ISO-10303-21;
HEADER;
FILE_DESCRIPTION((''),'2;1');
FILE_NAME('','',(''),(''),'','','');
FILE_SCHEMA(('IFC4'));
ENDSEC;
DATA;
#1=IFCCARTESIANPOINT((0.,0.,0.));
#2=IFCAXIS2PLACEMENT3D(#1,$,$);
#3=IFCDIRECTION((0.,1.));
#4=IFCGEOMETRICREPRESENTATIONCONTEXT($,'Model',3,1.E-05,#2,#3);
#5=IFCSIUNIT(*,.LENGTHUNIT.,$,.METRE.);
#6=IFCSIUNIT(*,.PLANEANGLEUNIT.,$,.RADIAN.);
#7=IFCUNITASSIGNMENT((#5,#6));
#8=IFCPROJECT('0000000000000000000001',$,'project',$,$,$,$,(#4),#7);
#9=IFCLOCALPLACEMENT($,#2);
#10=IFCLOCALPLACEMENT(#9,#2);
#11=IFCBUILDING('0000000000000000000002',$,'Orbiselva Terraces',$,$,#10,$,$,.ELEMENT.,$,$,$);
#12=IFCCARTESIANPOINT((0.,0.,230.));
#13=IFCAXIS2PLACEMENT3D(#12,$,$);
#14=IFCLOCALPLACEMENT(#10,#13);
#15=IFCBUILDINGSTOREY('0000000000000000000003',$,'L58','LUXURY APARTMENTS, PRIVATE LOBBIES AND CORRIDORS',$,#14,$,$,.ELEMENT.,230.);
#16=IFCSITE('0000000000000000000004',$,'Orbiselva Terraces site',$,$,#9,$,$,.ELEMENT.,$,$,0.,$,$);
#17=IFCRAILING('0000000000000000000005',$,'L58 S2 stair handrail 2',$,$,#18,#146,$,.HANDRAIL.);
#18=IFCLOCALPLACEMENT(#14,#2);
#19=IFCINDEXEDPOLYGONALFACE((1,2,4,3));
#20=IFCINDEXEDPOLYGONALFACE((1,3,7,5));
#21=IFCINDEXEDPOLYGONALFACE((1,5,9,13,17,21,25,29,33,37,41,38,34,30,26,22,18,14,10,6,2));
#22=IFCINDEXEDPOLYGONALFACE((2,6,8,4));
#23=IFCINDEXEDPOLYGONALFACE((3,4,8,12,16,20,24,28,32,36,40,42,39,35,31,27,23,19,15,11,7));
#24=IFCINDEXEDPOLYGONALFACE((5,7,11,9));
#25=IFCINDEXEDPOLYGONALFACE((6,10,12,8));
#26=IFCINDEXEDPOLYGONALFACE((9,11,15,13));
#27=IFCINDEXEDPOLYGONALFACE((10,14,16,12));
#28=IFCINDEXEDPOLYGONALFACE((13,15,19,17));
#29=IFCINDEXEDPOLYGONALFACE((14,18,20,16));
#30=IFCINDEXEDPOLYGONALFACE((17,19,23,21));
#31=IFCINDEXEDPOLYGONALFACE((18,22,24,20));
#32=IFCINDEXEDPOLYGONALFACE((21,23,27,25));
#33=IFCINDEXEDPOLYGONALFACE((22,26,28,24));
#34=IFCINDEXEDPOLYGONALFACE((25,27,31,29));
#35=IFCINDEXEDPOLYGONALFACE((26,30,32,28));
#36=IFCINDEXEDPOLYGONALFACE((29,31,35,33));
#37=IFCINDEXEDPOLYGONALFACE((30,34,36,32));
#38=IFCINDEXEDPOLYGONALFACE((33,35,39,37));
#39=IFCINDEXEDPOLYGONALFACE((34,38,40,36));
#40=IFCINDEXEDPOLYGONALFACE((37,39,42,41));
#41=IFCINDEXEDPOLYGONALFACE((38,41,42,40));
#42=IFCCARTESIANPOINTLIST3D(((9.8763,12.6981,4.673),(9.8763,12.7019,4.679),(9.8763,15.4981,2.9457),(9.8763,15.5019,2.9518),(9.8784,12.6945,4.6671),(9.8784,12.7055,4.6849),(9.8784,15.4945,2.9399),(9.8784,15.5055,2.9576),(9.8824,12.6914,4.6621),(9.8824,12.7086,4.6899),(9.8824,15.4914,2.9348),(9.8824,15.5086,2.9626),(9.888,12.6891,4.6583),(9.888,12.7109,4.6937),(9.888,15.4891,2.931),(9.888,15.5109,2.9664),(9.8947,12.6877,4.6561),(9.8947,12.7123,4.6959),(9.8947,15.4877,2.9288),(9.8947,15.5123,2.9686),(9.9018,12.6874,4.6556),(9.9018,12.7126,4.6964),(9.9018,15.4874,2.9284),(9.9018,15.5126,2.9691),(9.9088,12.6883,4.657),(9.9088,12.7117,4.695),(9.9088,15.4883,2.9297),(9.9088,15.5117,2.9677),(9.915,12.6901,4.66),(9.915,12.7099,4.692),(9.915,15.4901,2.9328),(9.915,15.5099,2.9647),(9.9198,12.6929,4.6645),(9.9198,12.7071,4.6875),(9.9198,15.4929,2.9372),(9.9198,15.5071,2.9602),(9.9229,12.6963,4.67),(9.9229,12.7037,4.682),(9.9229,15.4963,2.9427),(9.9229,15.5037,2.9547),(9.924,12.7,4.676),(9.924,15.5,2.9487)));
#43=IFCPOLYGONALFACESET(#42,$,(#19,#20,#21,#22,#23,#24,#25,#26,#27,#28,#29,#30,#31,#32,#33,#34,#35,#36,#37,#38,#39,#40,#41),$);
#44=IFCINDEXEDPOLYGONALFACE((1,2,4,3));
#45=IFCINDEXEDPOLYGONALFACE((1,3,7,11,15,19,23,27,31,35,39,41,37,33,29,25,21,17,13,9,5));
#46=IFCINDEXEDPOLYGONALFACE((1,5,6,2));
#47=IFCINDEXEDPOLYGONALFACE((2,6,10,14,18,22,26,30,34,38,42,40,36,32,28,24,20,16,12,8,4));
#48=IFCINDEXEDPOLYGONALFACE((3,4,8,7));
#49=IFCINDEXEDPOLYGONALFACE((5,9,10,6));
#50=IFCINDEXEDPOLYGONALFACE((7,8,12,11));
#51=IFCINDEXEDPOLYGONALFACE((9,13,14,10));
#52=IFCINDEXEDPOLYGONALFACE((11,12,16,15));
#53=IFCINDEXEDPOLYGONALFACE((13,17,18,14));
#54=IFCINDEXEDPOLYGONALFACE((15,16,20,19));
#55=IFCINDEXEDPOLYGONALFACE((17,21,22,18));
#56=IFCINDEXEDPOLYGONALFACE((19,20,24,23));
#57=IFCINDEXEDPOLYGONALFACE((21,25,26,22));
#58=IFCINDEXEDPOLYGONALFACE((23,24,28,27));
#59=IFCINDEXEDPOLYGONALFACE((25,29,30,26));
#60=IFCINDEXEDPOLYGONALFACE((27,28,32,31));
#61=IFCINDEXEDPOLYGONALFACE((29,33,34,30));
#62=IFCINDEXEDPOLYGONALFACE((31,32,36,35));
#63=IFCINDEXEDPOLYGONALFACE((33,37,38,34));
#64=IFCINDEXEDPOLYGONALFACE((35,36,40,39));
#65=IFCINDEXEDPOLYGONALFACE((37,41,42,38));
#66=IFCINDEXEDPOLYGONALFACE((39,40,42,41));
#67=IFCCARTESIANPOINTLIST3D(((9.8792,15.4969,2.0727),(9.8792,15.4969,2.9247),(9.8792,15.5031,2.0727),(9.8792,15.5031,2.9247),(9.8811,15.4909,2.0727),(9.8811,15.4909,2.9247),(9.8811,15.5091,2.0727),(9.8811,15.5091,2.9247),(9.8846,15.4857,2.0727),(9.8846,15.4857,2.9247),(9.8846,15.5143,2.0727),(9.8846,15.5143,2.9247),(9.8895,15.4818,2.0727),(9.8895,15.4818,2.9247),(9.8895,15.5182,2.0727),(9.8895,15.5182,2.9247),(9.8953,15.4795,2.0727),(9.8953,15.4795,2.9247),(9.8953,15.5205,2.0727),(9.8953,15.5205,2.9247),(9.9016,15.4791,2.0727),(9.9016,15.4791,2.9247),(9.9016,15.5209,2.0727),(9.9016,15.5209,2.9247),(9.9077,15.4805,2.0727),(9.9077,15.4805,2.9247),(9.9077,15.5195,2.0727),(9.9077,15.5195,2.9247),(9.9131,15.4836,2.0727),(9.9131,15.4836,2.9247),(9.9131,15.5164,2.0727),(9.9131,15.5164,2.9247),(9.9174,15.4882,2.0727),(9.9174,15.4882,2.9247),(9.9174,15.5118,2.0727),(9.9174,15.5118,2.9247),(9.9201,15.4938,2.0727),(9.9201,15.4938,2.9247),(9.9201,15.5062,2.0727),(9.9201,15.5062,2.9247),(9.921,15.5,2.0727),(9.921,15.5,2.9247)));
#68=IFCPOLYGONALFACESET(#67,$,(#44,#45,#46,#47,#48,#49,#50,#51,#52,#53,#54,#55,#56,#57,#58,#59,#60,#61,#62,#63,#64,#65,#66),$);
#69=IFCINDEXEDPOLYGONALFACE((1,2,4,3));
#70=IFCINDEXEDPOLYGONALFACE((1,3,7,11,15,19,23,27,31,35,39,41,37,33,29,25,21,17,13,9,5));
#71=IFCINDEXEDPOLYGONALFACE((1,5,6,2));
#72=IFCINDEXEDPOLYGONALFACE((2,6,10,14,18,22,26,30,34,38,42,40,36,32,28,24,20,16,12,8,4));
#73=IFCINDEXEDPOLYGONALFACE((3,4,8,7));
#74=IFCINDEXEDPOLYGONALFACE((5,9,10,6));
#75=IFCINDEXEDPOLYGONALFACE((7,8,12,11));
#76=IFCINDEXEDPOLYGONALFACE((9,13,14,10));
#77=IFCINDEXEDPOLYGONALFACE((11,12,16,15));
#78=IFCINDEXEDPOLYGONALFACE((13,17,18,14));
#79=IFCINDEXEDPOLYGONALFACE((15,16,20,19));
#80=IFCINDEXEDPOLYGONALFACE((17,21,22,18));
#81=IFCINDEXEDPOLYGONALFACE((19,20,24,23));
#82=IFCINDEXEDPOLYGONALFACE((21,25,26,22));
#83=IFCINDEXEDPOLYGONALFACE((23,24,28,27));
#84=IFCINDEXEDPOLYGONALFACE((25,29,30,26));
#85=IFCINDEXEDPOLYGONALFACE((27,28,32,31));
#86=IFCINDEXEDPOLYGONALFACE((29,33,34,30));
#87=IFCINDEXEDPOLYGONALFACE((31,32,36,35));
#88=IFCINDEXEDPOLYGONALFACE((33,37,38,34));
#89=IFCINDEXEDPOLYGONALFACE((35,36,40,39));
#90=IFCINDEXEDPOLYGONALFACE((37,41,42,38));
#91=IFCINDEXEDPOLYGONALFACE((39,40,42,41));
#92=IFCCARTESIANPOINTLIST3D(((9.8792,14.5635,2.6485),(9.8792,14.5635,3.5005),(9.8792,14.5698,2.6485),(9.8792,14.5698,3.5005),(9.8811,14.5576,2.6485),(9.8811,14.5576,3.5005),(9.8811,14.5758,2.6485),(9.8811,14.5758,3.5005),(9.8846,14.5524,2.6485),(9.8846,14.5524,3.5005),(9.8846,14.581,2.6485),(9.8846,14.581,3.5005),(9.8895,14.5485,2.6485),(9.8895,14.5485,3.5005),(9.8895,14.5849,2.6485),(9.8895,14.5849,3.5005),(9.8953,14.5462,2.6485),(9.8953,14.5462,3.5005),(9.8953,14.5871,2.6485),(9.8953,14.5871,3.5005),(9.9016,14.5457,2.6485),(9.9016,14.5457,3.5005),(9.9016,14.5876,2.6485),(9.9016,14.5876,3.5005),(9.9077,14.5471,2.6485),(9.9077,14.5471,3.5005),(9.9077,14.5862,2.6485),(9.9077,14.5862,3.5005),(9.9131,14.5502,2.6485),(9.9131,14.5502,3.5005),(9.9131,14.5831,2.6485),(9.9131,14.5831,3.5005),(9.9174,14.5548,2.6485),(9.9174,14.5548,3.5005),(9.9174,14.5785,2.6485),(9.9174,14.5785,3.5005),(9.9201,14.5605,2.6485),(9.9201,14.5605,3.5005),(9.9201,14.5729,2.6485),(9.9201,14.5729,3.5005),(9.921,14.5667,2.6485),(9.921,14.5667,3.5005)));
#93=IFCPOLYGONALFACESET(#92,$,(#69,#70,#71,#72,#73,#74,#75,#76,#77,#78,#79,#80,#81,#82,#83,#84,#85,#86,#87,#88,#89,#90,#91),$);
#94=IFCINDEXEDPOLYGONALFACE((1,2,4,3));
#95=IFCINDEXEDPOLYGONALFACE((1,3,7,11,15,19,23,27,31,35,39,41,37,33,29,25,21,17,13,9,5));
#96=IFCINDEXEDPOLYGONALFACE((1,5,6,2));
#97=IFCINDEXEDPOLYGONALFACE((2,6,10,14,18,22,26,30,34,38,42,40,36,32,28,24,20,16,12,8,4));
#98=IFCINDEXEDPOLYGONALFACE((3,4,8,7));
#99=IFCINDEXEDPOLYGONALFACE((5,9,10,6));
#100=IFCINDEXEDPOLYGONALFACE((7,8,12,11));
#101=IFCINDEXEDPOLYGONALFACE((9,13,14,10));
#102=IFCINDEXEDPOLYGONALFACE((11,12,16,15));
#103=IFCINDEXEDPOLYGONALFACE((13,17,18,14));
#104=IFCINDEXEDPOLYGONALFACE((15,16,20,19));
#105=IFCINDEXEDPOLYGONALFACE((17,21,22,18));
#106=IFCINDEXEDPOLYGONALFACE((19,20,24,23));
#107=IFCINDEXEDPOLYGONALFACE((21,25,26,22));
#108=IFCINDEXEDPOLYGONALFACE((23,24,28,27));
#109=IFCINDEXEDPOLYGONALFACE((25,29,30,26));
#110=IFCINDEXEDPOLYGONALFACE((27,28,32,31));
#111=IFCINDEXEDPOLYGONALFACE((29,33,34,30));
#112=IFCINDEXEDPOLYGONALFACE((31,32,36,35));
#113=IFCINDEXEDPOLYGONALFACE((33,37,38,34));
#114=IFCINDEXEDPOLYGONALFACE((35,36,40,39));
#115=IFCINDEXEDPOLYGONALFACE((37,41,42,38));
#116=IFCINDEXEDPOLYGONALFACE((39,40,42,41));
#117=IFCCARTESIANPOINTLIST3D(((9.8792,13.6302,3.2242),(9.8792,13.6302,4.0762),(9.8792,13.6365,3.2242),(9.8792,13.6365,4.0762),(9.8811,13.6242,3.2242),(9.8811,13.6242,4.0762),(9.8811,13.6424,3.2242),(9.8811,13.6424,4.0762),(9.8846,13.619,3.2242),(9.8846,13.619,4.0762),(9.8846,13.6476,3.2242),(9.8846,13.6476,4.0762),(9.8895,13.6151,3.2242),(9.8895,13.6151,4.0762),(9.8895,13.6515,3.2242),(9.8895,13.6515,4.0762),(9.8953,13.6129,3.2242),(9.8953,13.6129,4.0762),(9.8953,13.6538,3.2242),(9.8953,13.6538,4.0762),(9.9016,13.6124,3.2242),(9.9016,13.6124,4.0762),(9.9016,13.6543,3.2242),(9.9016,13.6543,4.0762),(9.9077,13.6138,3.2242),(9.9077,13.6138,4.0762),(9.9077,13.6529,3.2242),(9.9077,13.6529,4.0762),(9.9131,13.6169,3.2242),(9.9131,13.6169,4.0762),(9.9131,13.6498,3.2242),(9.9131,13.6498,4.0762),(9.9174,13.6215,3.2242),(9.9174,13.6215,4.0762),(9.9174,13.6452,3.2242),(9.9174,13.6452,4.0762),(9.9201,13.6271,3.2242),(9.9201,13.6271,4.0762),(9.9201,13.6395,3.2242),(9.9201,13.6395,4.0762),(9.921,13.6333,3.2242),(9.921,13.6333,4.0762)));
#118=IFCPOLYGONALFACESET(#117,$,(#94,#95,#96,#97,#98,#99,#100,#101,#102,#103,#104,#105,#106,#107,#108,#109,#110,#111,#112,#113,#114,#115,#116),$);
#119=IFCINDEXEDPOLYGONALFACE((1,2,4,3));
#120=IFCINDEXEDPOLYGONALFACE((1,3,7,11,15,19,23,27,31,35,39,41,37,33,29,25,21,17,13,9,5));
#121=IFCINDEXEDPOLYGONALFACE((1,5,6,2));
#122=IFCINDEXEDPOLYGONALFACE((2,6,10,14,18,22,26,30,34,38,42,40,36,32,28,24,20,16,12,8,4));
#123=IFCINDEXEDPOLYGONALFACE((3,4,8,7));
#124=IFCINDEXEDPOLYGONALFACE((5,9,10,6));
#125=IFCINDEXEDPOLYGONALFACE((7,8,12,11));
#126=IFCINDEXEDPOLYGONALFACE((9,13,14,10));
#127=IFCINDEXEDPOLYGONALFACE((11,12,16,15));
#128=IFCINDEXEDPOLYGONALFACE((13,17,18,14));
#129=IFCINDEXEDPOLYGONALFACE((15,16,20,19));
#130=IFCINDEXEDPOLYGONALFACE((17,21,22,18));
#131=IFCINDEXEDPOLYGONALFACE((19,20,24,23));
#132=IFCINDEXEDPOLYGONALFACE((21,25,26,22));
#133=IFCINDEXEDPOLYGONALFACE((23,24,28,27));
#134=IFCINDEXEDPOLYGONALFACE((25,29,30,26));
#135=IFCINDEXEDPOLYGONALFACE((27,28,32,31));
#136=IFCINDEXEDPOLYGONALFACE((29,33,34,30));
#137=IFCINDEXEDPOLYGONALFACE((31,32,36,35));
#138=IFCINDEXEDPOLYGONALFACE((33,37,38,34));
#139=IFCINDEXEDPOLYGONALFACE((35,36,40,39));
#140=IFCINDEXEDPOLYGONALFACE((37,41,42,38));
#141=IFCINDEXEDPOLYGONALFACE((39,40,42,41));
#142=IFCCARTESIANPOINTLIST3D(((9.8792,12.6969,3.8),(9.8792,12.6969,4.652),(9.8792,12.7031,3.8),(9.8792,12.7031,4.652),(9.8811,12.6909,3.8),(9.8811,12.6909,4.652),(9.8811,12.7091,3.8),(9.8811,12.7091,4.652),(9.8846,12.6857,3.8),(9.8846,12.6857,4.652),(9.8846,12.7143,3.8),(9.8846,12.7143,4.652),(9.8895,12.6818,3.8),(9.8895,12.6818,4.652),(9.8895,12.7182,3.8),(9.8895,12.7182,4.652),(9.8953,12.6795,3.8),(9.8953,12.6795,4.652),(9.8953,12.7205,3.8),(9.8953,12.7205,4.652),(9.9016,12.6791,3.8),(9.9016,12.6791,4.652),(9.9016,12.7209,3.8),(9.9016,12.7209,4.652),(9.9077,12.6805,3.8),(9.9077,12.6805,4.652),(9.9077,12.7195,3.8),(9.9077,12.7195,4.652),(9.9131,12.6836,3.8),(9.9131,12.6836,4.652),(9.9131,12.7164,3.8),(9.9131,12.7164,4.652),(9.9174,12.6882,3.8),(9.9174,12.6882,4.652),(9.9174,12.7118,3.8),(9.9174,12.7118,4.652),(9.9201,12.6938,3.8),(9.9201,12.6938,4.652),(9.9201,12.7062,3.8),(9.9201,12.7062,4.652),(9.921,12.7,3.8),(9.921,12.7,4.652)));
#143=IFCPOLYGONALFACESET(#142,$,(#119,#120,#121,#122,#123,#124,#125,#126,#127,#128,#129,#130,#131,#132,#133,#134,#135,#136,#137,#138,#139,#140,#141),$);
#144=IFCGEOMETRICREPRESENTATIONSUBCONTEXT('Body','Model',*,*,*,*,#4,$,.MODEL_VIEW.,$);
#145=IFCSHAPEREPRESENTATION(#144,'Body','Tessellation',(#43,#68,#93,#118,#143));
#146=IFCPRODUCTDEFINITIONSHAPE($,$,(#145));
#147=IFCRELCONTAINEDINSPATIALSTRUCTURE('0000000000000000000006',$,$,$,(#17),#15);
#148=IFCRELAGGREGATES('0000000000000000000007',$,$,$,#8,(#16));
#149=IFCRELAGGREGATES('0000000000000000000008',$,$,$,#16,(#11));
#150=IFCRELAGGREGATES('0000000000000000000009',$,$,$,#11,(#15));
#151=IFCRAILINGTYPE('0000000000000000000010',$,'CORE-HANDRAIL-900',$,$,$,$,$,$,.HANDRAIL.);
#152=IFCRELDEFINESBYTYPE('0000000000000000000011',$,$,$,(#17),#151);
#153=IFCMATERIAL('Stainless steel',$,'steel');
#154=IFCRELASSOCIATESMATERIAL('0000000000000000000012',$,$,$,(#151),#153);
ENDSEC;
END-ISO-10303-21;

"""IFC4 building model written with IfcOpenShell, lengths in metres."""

from ifc_helpers import new_model, si_unit, direction, frame, origin, origin_2d, place, context, subcontext, project, spatial, circle, extrude, material, type_object, element, save


model = new_model("IFC4")

# Units and contexts
model_context = context("Model", 3, precision=1e-05, world=origin(), true_north=direction((0.0, 1.0)))
body_context = subcontext(model_context, "Body", "Model", "MODEL_VIEW")
ifc_project = project(units=[si_unit("LENGTHUNIT", "METRE"), si_unit("PLANEANGLEUNIT", "RADIAN")], contexts=[model_context])

# Site, building, storey
site_placement = place(None, origin())
site = spatial("IfcSite", under=ifc_project, at=site_placement, Name="Orbiselva Terraces site", CompositionType="ELEMENT", RefElevation=0.0)
building_placement = place(site_placement, origin())
building = spatial("IfcBuilding", under=site, at=building_placement, Name="Orbiselva Terraces", CompositionType="ELEMENT")
storey_placement = place(building_placement, frame((0.0, 0.0, 230.0)))
storey = spatial("IfcBuildingStorey", under=building, at=storey_placement, Name="L58", Description="LUXURY APARTMENTS, PRIVATE LOBBIES AND CORRIDORS", CompositionType="ELEMENT", Elevation=230.0)

# Railing
ifc_material_1 = material(Name="Stainless steel", Category="steel")
railing_type = type_object("IfcRailingType", Name="CORE-HANDRAIL-900", PredefinedType="HANDRAIL", material=ifc_material_1)
railing_1_placement = place(storey_placement, frame((9.9, 15.5, 2.0727)))
element("IfcRailing", 1, at=railing_1_placement, inside=storey, type_object=railing_type, Name="L58 S2 stair handrail 2", PredefinedType="HANDRAIL", context=body_context, shape_type="SweptSolid", body=[
    extrude(circle(Radius=0.024, at=origin_2d()), frame((0.0, 0.0, 0.876), z_axis=(0.0, -0.851089, 0.525022), x_axis=(1.0, 0.0, 0.0)), (0.0, 0.0, 1.0), 3.2899),
    extrude(circle(Radius=0.021, at=origin_2d()), origin(), (0.0, 0.0, 1.0), 0.852),
    extrude(circle(Radius=0.021, at=origin_2d()), frame((0.0, -0.9333, 0.5758)), (0.0, 0.0, 1.0), 0.852),
    extrude(circle(Radius=0.021, at=origin_2d()), frame((0.0, -1.8667, 1.1515)), (0.0, 0.0, 1.0), 0.852),
    extrude(circle(Radius=0.021, at=origin_2d()), frame((0.0, -2.8, 1.7273)), (0.0, 0.0, 1.0), 0.852),
])

save(model, "model.ifc")
